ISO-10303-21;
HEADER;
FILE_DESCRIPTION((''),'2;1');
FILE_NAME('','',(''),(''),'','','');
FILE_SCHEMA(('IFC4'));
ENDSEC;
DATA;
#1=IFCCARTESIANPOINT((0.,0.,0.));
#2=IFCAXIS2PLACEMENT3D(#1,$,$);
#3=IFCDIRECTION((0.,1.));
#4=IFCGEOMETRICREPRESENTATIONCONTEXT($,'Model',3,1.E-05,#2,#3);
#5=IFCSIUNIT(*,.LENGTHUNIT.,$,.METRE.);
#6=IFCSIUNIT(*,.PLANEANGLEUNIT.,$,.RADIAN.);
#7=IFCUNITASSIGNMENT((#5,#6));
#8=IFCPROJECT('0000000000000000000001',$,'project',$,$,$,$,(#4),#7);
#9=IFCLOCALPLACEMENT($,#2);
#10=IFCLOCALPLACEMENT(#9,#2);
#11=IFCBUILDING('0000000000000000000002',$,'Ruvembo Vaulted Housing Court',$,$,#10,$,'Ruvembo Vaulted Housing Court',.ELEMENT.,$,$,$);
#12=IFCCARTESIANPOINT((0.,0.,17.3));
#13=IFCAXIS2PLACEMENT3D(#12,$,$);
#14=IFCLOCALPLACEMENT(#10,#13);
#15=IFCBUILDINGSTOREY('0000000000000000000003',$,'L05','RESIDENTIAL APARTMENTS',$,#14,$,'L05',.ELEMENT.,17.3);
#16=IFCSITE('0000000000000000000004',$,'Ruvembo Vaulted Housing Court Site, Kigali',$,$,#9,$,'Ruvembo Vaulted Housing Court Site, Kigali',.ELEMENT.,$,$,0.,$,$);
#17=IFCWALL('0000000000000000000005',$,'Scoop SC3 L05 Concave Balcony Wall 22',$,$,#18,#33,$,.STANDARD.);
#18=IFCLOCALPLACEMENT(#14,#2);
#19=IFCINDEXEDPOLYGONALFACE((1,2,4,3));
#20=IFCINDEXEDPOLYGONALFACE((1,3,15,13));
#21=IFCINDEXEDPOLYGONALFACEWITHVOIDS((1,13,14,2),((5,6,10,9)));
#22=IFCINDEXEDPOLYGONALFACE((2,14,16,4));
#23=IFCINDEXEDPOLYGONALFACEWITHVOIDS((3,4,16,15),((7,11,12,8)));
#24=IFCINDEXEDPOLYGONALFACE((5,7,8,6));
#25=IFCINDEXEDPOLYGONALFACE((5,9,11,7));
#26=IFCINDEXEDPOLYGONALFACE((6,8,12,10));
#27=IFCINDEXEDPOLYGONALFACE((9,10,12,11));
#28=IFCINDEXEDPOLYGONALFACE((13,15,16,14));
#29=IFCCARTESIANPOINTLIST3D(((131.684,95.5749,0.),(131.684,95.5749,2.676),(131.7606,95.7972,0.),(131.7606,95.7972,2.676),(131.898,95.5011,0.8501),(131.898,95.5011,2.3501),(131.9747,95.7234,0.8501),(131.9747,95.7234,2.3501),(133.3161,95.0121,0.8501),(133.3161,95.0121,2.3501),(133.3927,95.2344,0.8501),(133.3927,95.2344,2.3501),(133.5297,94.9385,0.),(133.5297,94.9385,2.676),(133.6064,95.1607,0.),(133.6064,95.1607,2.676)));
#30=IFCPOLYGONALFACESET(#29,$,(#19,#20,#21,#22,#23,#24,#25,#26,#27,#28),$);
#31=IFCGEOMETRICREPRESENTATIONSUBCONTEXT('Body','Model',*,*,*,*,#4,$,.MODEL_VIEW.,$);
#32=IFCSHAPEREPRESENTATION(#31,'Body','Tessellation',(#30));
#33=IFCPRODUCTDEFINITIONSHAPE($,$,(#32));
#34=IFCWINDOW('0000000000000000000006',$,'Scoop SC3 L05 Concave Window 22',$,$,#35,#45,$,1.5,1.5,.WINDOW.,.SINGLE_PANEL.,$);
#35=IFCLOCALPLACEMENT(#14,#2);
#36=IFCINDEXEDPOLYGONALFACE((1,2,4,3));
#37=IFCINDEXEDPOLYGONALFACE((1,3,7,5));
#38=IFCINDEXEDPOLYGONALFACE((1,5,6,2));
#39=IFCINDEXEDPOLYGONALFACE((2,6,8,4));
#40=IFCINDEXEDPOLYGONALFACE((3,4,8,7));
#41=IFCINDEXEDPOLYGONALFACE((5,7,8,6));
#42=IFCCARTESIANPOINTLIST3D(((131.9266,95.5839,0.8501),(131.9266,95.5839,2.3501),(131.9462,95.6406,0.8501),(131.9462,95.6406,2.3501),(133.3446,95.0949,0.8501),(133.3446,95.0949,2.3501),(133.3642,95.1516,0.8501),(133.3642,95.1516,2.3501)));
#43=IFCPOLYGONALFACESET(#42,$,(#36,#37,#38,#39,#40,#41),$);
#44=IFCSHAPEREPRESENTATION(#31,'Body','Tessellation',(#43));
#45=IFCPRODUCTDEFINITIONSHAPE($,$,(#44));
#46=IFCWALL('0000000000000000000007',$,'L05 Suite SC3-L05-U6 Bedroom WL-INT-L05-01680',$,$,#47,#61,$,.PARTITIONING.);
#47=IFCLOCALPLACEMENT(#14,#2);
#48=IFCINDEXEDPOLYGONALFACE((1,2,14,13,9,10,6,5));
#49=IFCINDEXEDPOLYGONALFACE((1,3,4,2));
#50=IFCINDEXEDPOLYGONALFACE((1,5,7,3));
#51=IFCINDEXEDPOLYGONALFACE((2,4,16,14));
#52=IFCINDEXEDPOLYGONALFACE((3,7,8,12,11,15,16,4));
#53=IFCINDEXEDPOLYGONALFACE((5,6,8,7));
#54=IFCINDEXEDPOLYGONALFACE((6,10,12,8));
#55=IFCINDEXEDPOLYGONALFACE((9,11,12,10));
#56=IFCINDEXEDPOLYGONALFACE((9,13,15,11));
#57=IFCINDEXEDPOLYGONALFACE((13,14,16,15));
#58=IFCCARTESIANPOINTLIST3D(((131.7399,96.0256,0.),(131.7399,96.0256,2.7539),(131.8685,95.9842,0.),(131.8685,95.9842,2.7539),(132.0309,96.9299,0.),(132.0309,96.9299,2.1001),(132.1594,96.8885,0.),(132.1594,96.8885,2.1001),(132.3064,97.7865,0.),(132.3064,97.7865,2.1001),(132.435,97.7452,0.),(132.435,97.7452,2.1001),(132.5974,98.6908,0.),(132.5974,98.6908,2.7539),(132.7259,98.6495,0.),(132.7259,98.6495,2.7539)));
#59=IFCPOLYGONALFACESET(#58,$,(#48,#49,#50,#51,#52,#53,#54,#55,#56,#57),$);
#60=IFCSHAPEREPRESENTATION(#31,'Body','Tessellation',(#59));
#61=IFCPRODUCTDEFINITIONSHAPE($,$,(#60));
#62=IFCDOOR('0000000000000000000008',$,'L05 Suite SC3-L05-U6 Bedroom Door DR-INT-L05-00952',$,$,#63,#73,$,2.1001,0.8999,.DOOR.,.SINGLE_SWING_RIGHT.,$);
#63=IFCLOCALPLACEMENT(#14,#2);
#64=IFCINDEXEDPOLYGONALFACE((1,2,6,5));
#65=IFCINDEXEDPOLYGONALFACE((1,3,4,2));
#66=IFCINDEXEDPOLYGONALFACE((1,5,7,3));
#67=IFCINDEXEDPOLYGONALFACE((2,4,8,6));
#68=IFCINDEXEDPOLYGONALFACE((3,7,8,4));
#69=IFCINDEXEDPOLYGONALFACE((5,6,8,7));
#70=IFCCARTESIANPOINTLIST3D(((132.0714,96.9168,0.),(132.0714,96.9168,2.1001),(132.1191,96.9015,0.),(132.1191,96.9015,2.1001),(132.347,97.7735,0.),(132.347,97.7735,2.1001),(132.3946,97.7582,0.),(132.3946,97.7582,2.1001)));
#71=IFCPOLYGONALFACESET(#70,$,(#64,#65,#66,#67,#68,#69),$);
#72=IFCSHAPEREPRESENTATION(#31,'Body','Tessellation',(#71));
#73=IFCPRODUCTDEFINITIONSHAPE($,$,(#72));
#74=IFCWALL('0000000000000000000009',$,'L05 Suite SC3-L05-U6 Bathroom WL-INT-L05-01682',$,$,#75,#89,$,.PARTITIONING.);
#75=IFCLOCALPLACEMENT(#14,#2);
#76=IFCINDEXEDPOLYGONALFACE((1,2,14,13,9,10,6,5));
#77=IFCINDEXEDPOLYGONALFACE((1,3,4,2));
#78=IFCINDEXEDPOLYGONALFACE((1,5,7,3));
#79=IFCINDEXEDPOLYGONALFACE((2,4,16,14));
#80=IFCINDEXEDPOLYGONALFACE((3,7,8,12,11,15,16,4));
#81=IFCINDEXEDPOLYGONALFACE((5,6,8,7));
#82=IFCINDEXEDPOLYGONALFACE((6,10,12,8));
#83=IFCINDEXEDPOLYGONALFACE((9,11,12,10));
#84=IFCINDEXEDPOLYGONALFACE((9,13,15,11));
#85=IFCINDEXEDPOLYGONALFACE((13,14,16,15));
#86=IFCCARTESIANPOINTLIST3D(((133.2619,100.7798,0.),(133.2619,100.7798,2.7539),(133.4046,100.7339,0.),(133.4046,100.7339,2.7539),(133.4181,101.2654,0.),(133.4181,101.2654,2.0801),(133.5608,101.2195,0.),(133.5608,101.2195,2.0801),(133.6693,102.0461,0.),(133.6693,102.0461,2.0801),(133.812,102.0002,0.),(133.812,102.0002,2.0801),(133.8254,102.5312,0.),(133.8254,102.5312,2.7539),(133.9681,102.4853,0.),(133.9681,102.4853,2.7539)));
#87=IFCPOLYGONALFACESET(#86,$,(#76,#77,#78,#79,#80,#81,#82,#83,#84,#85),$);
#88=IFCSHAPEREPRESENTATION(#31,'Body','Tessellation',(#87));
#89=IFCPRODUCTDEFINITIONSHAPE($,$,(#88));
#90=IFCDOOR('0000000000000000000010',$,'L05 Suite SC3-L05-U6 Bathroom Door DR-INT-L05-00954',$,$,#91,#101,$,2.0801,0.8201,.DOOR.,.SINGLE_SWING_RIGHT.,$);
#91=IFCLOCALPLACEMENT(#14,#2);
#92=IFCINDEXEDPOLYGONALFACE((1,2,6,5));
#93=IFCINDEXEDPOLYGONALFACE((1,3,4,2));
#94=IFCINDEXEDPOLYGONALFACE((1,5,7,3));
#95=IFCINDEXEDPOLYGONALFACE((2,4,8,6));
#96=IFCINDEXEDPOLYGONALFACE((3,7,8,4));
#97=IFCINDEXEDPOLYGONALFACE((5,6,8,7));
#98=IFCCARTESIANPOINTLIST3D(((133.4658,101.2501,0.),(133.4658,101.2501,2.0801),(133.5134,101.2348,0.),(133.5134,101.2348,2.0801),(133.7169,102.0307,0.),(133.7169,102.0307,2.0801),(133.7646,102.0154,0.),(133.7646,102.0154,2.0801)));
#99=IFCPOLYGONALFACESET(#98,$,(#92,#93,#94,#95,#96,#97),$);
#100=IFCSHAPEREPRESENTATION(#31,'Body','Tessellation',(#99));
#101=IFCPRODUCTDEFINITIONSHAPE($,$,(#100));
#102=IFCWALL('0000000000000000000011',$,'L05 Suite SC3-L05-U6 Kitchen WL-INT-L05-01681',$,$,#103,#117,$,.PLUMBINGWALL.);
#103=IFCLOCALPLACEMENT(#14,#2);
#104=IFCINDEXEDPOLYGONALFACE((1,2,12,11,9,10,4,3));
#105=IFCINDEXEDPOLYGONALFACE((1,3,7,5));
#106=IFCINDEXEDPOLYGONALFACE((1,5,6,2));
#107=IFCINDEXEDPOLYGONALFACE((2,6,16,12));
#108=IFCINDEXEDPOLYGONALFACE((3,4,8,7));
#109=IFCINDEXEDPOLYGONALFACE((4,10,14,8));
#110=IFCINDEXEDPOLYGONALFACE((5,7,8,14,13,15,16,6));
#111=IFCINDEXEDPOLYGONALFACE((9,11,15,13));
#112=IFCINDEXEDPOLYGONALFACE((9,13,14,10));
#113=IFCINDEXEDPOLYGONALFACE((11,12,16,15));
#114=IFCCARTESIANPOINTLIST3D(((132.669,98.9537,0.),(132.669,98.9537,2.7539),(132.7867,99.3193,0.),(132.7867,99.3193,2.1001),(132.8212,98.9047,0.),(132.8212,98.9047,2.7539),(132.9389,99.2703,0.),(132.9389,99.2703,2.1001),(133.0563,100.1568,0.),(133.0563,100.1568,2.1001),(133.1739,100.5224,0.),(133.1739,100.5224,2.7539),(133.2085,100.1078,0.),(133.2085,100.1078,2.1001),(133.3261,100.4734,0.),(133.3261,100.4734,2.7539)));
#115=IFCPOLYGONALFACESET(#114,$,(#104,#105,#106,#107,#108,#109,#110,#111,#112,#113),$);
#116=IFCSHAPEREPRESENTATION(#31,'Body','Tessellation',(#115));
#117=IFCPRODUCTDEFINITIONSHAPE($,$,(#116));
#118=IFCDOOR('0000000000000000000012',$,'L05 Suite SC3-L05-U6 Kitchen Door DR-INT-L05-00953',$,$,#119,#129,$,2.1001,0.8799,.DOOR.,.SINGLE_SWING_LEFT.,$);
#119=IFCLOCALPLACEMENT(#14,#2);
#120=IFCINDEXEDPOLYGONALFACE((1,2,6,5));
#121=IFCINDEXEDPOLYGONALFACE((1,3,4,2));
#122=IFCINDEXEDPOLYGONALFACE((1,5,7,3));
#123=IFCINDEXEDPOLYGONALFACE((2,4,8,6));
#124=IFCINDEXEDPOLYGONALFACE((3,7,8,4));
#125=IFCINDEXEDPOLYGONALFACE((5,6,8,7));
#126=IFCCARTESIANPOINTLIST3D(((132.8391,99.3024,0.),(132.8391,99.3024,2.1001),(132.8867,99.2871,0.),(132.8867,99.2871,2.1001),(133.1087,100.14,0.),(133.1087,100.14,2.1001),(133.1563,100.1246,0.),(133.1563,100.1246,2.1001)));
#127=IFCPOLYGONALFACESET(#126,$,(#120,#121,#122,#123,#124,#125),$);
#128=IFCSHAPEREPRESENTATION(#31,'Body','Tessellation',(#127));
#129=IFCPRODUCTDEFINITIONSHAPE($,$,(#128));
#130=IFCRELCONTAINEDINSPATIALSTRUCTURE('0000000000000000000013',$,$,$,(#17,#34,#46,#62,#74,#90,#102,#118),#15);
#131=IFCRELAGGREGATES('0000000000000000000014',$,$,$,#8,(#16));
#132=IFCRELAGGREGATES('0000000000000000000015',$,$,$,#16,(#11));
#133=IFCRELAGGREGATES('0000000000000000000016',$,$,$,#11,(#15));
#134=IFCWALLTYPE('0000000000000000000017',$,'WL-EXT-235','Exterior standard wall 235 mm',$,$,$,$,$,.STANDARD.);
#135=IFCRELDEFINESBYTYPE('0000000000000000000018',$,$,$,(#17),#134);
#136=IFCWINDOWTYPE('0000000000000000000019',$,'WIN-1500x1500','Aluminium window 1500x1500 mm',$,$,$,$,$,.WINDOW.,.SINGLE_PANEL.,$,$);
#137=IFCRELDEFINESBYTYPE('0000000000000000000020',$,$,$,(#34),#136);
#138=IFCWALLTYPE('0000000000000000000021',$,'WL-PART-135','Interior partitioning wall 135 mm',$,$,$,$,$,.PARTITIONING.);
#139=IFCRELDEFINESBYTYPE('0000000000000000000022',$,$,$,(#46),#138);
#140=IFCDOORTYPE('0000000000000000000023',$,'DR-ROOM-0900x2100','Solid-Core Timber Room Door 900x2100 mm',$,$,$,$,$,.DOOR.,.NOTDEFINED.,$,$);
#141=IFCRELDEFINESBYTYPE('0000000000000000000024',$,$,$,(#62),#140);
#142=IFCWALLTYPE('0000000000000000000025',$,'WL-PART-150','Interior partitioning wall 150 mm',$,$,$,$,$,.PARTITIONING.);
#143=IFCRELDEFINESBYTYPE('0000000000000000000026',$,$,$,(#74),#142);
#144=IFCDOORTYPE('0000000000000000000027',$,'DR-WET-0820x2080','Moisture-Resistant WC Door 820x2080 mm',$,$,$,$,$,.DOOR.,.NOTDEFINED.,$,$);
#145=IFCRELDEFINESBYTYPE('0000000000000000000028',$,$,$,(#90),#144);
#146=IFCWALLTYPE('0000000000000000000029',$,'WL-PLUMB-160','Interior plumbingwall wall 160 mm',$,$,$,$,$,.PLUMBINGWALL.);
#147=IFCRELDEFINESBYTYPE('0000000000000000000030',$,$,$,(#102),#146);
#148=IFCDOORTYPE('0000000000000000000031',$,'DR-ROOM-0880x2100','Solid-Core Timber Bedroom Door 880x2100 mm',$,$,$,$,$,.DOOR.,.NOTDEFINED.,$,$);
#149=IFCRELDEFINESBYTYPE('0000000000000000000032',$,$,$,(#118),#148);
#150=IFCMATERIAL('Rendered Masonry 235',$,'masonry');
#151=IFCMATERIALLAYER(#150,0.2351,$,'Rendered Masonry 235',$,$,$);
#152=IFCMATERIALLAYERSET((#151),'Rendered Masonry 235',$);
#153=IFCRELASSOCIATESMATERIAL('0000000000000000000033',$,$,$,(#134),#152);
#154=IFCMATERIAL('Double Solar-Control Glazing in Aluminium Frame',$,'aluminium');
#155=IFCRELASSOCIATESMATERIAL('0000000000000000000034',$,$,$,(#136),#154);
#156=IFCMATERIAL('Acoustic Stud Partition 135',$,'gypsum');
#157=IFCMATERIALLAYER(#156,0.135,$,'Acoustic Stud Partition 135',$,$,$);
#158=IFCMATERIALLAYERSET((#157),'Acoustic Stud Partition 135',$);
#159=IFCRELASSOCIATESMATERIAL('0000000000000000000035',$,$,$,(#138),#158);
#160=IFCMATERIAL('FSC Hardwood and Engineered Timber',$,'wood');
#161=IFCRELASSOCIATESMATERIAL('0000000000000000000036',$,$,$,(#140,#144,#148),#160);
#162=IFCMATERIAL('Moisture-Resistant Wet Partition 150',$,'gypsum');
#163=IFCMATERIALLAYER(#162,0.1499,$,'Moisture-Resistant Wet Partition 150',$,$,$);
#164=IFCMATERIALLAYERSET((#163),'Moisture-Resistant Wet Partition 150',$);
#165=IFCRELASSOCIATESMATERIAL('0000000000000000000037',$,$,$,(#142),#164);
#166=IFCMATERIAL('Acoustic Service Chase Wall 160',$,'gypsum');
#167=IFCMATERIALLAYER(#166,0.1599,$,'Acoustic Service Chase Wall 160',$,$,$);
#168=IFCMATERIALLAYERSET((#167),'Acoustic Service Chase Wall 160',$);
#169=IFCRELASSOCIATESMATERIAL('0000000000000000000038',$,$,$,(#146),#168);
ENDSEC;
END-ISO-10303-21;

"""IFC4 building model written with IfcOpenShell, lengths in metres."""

from ifc_helpers import new_model, si_unit, direction, frame, frame_2d, origin, place, context, subcontext, project, spatial, rectangle, extrude, material, layer, layer_set, type_object, element, fill, save


model = new_model("IFC4")

# Units and contexts
model_context = context("Model", 3, precision=1e-05, world=origin(), true_north=direction((0.0, 1.0)))
body_context = subcontext(model_context, "Body", "Model", "MODEL_VIEW")
ifc_project = project(units=[si_unit("LENGTHUNIT", "METRE"), si_unit("PLANEANGLEUNIT", "RADIAN")], contexts=[model_context])

# Site, building, storey
site_placement = place(None, origin())
site = spatial("IfcSite", under=ifc_project, at=site_placement, Name="Ruvembo Vaulted Housing Court Site, Kigali", LongName="Ruvembo Vaulted Housing Court Site, Kigali", CompositionType="ELEMENT", RefElevation=0.0)
building_placement = place(site_placement, origin())
building = spatial("IfcBuilding", under=site, at=building_placement, Name="Ruvembo Vaulted Housing Court", LongName="Ruvembo Vaulted Housing Court", CompositionType="ELEMENT")
storey_placement = place(building_placement, frame((0.0, 0.0, 17.3)))
storey = spatial("IfcBuildingStorey", under=building, at=storey_placement, Name="L05", Description="RESIDENTIAL APARTMENTS", LongName="L05", CompositionType="ELEMENT", Elevation=17.3)

# Shared definitions
ifc_material_1 = material(Name="FSC Hardwood and Engineered Timber", Category="wood")

# Wall, opening, window
ifc_material_2 = material(Name="Rendered Masonry 235", Category="masonry")
ifc_layer_1 = layer(ifc_material_2, 0.2351, Name="Rendered Masonry 235")
ifc_layer_set_1 = layer_set([ifc_layer_1], Name="Rendered Masonry 235")
wall_type_1 = type_object("IfcWallType", Name="WL-EXT-235", Description="Exterior standard wall 235 mm", PredefinedType="STANDARD", material=ifc_layer_set_1)
ifc_material_3 = material(Name="Double Solar-Control Glazing in Aluminium Frame", Category="aluminium")
wall_1_placement = place(storey_placement, frame((131.7224, 95.686, 0.0), z_axis=(0.0, 0.0, 1.0), x_axis=(0.945369, -0.326002, 0.0)))
wall_1 = element("IfcWall", 1, at=wall_1_placement, inside=storey, type_object=wall_type_1, Name="Scoop SC3 L05 Concave Balcony Wall 22", PredefinedType="STANDARD", context=body_context, shape_type="SweptSolid", body=[
    extrude(rectangle(XDim=1.9524, YDim=0.2351, at=frame_2d((0.9761, 0.0))), origin(), (0.0, 0.0, 1.0), 2.676),
])
opening_1_placement = place(wall_1_placement, frame((0.2263, 0.0, 0.8501)))
opening_1 = element("IfcOpeningElement", 2, at=opening_1_placement, cuts=wall_1, PredefinedType="OPENING", context=body_context, shape_type="SweptSolid", body=[
    extrude(rectangle(XDim=1.5, YDim=1.5, at=frame_2d((0.75, 0.75))), frame((0.0, 0.1274, 0.0), z_axis=(0.0, -1.0, 0.0), x_axis=(1.0, 0.0, 0.0)), (0.0, 0.0, 1.0), 0.2551),
])
window_type_1 = type_object("IfcWindowType", Name="WIN-1500x1500", Description="Aluminium window 1500x1500 mm", PartitioningType="SINGLE_PANEL", PredefinedType="WINDOW", material=ifc_material_3)
window_1_placement = place(opening_1_placement, origin())
window_1 = element("IfcWindow", 3, at=window_1_placement, inside=storey, type_object=window_type_1, Name="Scoop SC3 L05 Concave Window 22", OverallHeight=1.5, OverallWidth=1.5, PartitioningType="SINGLE_PANEL", PredefinedType="WINDOW", context=body_context, shape_type="SweptSolid", body=[
    extrude(rectangle(XDim=1.5, YDim=1.5, at=frame_2d((0.75, 0.75))), frame((0.0, 0.03, 0.0), z_axis=(0.0, -1.0, 0.0), x_axis=(1.0, 0.0, 0.0)), (0.0, 0.0, 1.0), 0.0601),
])
fill(opening_1, window_1)

# Walls, openings, doors
ifc_material_4 = material(Name="Acoustic Stud Partition 135", Category="gypsum")
ifc_layer_2 = layer(ifc_material_4, 0.135, Name="Acoustic Stud Partition 135")
ifc_layer_set_2 = layer_set([ifc_layer_2], Name="Acoustic Stud Partition 135")
wall_type_2 = type_object("IfcWallType", Name="WL-PART-135", Description="Interior partitioning wall 135 mm", PredefinedType="PARTITIONING", material=ifc_layer_set_2)
wall_2_placement = place(storey_placement, frame((131.8042, 96.0049, 0.0), z_axis=(0.0, 0.0, 1.0), x_axis=(0.306243, 0.951953, 0.0)))
wall_2 = element("IfcWall", 4, at=wall_2_placement, inside=storey, type_object=wall_type_2, Name="L05 Suite SC3-L05-U6 Bedroom WL-INT-L05-01680", PredefinedType="PARTITIONING", context=body_context, shape_type="SweptSolid", body=[
    extrude(rectangle(XDim=2.7998, YDim=0.135, at=frame_2d((1.3999, 0.0))), origin(), (0.0, 0.0, 1.0), 2.7539),
])
opening_2_placement = place(wall_2_placement, frame((0.95, 0.0, 0.0)))
opening_2 = element("IfcOpeningElement", 5, at=opening_2_placement, cuts=wall_2, PredefinedType="OPENING", context=body_context, shape_type="SweptSolid", body=[
    extrude(rectangle(XDim=0.8999, YDim=2.1001, at=frame_2d((0.45, 1.05))), frame((0.0, 0.0774, 0.0), z_axis=(0.0, -1.0, 0.0), x_axis=(1.0, 0.0, 0.0)), (0.0, 0.0, 1.0), 0.155),
])
door_type_1 = type_object("IfcDoorType", Name="DR-ROOM-0900x2100", Description="Solid-Core Timber Room Door 900x2100 mm", OperationType="NOTDEFINED", PredefinedType="DOOR", material=ifc_material_1)
door_1_placement = place(opening_2_placement, origin())
door_1 = element("IfcDoor", 6, at=door_1_placement, inside=storey, type_object=door_type_1, Name="L05 Suite SC3-L05-U6 Bedroom Door DR-INT-L05-00952", OperationType="SINGLE_SWING_RIGHT", OverallHeight=2.1001, OverallWidth=0.8999, PredefinedType="DOOR", context=body_context, shape_type="SweptSolid", body=[
    extrude(rectangle(XDim=0.8999, YDim=2.1001, at=frame_2d((0.45, 1.05))), frame((0.0, 0.0249, 0.0), z_axis=(0.0, -1.0, 0.0), x_axis=(1.0, 0.0, 0.0)), (0.0, 0.0, 1.0), 0.05),
])
fill(opening_2, door_1)
ifc_material_5 = material(Name="Moisture-Resistant Wet Partition 150", Category="gypsum")
ifc_layer_3 = layer(ifc_material_5, 0.1499, Name="Moisture-Resistant Wet Partition 150")
ifc_layer_set_3 = layer_set([ifc_layer_3], Name="Moisture-Resistant Wet Partition 150")
wall_type_3 = type_object("IfcWallType", Name="WL-PART-150", Description="Interior partitioning wall 150 mm", PredefinedType="PARTITIONING", material=ifc_layer_set_3)
wall_3_placement = place(storey_placement, frame((133.3333, 100.7568, 0.0), z_axis=(0.0, 0.0, 1.0), x_axis=(0.306258, 0.951948, 0.0)))
wall_3 = element("IfcWall", 7, at=wall_3_placement, inside=storey, type_object=wall_type_3, Name="L05 Suite SC3-L05-U6 Bathroom WL-INT-L05-01682", PredefinedType="PARTITIONING", context=body_context, shape_type="SweptSolid", body=[
    extrude(rectangle(XDim=1.8398, YDim=0.1499, at=frame_2d((0.9199, 0.0))), origin(), (0.0, 0.0, 1.0), 2.7539),
])
opening_3_placement = place(wall_3_placement, frame((0.51, 0.0, 0.0)))
opening_3 = element("IfcOpeningElement", 8, at=opening_3_placement, cuts=wall_3, PredefinedType="OPENING", context=body_context, shape_type="SweptSolid", body=[
    extrude(rectangle(XDim=0.8201, YDim=2.0801, at=frame_2d((0.4102, 1.04))), frame((0.0, 0.085, 0.0), z_axis=(0.0, -1.0, 0.0), x_axis=(1.0, 0.0, 0.0)), (0.0, 0.0, 1.0), 0.1699),
])
door_type_2 = type_object("IfcDoorType", Name="DR-WET-0820x2080", Description="Moisture-Resistant WC Door 820x2080 mm", OperationType="NOTDEFINED", PredefinedType="DOOR", material=ifc_material_1)
door_2_placement = place(opening_3_placement, origin())
door_2 = element("IfcDoor", 9, at=door_2_placement, inside=storey, type_object=door_type_2, Name="L05 Suite SC3-L05-U6 Bathroom Door DR-INT-L05-00954", OperationType="SINGLE_SWING_RIGHT", OverallHeight=2.0801, OverallWidth=0.8201, PredefinedType="DOOR", context=body_context, shape_type="SweptSolid", body=[
    extrude(rectangle(XDim=0.8201, YDim=2.0801, at=frame_2d((0.4102, 1.04))), frame((0.0, 0.0249, 0.0), z_axis=(0.0, -1.0, 0.0), x_axis=(1.0, 0.0, 0.0)), (0.0, 0.0, 1.0), 0.05),
])
fill(opening_3, door_2)
ifc_material_6 = material(Name="Acoustic Service Chase Wall 160", Category="gypsum")
ifc_layer_4 = layer(ifc_material_6, 0.1599, Name="Acoustic Service Chase Wall 160")
ifc_layer_set_4 = layer_set([ifc_layer_4], Name="Acoustic Service Chase Wall 160")
wall_type_4 = type_object("IfcWallType", Name="WL-PLUMB-160", Description="Interior plumbingwall wall 160 mm", PredefinedType="PLUMBINGWALL", material=ifc_layer_set_4)
wall_4_placement = place(storey_placement, frame((132.7451, 98.9292, 0.0), z_axis=(0.0, 0.0, 1.0), x_axis=(0.306388, 0.951907, 0.0)))
wall_4 = element("IfcWall", 10, at=wall_4_placement, inside=storey, type_object=wall_type_4, Name="L05 Suite SC3-L05-U6 Kitchen WL-INT-L05-01681", PredefinedType="PLUMBINGWALL", context=body_context, shape_type="SweptSolid", body=[
    extrude(rectangle(XDim=1.6479, YDim=0.1599, at=frame_2d((0.824, 0.0))), origin(), (0.0, 0.0, 1.0), 2.7539),
])
opening_4_placement = place(wall_4_placement, frame((0.384, 0.0, 0.0)))
opening_4 = element("IfcOpeningElement", 11, at=opening_4_placement, cuts=wall_4, PredefinedType="OPENING", context=body_context, shape_type="SweptSolid", body=[
    extrude(rectangle(XDim=0.8799, YDim=2.1001, at=frame_2d((0.4399, 1.05))), frame((0.0, 0.0898, 0.0), z_axis=(0.0, -1.0, 0.0), x_axis=(1.0, 0.0, 0.0)), (0.0, 0.0, 1.0), 0.1799),
])
door_type_3 = type_object("IfcDoorType", Name="DR-ROOM-0880x2100", Description="Solid-Core Timber Bedroom Door 880x2100 mm", OperationType="NOTDEFINED", PredefinedType="DOOR", material=ifc_material_1)
door_3_placement = place(opening_4_placement, origin())
door_3 = element("IfcDoor", 12, at=door_3_placement, inside=storey, type_object=door_type_3, Name="L05 Suite SC3-L05-U6 Kitchen Door DR-INT-L05-00953", OperationType="SINGLE_SWING_LEFT", OverallHeight=2.1001, OverallWidth=0.8799, PredefinedType="DOOR", context=body_context, shape_type="SweptSolid", body=[
    extrude(rectangle(XDim=0.8799, YDim=2.1001, at=frame_2d((0.4399, 1.05))), frame((0.0, 0.0249, 0.0), z_axis=(0.0, -1.0, 0.0), x_axis=(1.0, 0.0, 0.0)), (0.0, 0.0, 1.0), 0.05),
])
fill(opening_4, door_3)

save(model, "model.ifc")
